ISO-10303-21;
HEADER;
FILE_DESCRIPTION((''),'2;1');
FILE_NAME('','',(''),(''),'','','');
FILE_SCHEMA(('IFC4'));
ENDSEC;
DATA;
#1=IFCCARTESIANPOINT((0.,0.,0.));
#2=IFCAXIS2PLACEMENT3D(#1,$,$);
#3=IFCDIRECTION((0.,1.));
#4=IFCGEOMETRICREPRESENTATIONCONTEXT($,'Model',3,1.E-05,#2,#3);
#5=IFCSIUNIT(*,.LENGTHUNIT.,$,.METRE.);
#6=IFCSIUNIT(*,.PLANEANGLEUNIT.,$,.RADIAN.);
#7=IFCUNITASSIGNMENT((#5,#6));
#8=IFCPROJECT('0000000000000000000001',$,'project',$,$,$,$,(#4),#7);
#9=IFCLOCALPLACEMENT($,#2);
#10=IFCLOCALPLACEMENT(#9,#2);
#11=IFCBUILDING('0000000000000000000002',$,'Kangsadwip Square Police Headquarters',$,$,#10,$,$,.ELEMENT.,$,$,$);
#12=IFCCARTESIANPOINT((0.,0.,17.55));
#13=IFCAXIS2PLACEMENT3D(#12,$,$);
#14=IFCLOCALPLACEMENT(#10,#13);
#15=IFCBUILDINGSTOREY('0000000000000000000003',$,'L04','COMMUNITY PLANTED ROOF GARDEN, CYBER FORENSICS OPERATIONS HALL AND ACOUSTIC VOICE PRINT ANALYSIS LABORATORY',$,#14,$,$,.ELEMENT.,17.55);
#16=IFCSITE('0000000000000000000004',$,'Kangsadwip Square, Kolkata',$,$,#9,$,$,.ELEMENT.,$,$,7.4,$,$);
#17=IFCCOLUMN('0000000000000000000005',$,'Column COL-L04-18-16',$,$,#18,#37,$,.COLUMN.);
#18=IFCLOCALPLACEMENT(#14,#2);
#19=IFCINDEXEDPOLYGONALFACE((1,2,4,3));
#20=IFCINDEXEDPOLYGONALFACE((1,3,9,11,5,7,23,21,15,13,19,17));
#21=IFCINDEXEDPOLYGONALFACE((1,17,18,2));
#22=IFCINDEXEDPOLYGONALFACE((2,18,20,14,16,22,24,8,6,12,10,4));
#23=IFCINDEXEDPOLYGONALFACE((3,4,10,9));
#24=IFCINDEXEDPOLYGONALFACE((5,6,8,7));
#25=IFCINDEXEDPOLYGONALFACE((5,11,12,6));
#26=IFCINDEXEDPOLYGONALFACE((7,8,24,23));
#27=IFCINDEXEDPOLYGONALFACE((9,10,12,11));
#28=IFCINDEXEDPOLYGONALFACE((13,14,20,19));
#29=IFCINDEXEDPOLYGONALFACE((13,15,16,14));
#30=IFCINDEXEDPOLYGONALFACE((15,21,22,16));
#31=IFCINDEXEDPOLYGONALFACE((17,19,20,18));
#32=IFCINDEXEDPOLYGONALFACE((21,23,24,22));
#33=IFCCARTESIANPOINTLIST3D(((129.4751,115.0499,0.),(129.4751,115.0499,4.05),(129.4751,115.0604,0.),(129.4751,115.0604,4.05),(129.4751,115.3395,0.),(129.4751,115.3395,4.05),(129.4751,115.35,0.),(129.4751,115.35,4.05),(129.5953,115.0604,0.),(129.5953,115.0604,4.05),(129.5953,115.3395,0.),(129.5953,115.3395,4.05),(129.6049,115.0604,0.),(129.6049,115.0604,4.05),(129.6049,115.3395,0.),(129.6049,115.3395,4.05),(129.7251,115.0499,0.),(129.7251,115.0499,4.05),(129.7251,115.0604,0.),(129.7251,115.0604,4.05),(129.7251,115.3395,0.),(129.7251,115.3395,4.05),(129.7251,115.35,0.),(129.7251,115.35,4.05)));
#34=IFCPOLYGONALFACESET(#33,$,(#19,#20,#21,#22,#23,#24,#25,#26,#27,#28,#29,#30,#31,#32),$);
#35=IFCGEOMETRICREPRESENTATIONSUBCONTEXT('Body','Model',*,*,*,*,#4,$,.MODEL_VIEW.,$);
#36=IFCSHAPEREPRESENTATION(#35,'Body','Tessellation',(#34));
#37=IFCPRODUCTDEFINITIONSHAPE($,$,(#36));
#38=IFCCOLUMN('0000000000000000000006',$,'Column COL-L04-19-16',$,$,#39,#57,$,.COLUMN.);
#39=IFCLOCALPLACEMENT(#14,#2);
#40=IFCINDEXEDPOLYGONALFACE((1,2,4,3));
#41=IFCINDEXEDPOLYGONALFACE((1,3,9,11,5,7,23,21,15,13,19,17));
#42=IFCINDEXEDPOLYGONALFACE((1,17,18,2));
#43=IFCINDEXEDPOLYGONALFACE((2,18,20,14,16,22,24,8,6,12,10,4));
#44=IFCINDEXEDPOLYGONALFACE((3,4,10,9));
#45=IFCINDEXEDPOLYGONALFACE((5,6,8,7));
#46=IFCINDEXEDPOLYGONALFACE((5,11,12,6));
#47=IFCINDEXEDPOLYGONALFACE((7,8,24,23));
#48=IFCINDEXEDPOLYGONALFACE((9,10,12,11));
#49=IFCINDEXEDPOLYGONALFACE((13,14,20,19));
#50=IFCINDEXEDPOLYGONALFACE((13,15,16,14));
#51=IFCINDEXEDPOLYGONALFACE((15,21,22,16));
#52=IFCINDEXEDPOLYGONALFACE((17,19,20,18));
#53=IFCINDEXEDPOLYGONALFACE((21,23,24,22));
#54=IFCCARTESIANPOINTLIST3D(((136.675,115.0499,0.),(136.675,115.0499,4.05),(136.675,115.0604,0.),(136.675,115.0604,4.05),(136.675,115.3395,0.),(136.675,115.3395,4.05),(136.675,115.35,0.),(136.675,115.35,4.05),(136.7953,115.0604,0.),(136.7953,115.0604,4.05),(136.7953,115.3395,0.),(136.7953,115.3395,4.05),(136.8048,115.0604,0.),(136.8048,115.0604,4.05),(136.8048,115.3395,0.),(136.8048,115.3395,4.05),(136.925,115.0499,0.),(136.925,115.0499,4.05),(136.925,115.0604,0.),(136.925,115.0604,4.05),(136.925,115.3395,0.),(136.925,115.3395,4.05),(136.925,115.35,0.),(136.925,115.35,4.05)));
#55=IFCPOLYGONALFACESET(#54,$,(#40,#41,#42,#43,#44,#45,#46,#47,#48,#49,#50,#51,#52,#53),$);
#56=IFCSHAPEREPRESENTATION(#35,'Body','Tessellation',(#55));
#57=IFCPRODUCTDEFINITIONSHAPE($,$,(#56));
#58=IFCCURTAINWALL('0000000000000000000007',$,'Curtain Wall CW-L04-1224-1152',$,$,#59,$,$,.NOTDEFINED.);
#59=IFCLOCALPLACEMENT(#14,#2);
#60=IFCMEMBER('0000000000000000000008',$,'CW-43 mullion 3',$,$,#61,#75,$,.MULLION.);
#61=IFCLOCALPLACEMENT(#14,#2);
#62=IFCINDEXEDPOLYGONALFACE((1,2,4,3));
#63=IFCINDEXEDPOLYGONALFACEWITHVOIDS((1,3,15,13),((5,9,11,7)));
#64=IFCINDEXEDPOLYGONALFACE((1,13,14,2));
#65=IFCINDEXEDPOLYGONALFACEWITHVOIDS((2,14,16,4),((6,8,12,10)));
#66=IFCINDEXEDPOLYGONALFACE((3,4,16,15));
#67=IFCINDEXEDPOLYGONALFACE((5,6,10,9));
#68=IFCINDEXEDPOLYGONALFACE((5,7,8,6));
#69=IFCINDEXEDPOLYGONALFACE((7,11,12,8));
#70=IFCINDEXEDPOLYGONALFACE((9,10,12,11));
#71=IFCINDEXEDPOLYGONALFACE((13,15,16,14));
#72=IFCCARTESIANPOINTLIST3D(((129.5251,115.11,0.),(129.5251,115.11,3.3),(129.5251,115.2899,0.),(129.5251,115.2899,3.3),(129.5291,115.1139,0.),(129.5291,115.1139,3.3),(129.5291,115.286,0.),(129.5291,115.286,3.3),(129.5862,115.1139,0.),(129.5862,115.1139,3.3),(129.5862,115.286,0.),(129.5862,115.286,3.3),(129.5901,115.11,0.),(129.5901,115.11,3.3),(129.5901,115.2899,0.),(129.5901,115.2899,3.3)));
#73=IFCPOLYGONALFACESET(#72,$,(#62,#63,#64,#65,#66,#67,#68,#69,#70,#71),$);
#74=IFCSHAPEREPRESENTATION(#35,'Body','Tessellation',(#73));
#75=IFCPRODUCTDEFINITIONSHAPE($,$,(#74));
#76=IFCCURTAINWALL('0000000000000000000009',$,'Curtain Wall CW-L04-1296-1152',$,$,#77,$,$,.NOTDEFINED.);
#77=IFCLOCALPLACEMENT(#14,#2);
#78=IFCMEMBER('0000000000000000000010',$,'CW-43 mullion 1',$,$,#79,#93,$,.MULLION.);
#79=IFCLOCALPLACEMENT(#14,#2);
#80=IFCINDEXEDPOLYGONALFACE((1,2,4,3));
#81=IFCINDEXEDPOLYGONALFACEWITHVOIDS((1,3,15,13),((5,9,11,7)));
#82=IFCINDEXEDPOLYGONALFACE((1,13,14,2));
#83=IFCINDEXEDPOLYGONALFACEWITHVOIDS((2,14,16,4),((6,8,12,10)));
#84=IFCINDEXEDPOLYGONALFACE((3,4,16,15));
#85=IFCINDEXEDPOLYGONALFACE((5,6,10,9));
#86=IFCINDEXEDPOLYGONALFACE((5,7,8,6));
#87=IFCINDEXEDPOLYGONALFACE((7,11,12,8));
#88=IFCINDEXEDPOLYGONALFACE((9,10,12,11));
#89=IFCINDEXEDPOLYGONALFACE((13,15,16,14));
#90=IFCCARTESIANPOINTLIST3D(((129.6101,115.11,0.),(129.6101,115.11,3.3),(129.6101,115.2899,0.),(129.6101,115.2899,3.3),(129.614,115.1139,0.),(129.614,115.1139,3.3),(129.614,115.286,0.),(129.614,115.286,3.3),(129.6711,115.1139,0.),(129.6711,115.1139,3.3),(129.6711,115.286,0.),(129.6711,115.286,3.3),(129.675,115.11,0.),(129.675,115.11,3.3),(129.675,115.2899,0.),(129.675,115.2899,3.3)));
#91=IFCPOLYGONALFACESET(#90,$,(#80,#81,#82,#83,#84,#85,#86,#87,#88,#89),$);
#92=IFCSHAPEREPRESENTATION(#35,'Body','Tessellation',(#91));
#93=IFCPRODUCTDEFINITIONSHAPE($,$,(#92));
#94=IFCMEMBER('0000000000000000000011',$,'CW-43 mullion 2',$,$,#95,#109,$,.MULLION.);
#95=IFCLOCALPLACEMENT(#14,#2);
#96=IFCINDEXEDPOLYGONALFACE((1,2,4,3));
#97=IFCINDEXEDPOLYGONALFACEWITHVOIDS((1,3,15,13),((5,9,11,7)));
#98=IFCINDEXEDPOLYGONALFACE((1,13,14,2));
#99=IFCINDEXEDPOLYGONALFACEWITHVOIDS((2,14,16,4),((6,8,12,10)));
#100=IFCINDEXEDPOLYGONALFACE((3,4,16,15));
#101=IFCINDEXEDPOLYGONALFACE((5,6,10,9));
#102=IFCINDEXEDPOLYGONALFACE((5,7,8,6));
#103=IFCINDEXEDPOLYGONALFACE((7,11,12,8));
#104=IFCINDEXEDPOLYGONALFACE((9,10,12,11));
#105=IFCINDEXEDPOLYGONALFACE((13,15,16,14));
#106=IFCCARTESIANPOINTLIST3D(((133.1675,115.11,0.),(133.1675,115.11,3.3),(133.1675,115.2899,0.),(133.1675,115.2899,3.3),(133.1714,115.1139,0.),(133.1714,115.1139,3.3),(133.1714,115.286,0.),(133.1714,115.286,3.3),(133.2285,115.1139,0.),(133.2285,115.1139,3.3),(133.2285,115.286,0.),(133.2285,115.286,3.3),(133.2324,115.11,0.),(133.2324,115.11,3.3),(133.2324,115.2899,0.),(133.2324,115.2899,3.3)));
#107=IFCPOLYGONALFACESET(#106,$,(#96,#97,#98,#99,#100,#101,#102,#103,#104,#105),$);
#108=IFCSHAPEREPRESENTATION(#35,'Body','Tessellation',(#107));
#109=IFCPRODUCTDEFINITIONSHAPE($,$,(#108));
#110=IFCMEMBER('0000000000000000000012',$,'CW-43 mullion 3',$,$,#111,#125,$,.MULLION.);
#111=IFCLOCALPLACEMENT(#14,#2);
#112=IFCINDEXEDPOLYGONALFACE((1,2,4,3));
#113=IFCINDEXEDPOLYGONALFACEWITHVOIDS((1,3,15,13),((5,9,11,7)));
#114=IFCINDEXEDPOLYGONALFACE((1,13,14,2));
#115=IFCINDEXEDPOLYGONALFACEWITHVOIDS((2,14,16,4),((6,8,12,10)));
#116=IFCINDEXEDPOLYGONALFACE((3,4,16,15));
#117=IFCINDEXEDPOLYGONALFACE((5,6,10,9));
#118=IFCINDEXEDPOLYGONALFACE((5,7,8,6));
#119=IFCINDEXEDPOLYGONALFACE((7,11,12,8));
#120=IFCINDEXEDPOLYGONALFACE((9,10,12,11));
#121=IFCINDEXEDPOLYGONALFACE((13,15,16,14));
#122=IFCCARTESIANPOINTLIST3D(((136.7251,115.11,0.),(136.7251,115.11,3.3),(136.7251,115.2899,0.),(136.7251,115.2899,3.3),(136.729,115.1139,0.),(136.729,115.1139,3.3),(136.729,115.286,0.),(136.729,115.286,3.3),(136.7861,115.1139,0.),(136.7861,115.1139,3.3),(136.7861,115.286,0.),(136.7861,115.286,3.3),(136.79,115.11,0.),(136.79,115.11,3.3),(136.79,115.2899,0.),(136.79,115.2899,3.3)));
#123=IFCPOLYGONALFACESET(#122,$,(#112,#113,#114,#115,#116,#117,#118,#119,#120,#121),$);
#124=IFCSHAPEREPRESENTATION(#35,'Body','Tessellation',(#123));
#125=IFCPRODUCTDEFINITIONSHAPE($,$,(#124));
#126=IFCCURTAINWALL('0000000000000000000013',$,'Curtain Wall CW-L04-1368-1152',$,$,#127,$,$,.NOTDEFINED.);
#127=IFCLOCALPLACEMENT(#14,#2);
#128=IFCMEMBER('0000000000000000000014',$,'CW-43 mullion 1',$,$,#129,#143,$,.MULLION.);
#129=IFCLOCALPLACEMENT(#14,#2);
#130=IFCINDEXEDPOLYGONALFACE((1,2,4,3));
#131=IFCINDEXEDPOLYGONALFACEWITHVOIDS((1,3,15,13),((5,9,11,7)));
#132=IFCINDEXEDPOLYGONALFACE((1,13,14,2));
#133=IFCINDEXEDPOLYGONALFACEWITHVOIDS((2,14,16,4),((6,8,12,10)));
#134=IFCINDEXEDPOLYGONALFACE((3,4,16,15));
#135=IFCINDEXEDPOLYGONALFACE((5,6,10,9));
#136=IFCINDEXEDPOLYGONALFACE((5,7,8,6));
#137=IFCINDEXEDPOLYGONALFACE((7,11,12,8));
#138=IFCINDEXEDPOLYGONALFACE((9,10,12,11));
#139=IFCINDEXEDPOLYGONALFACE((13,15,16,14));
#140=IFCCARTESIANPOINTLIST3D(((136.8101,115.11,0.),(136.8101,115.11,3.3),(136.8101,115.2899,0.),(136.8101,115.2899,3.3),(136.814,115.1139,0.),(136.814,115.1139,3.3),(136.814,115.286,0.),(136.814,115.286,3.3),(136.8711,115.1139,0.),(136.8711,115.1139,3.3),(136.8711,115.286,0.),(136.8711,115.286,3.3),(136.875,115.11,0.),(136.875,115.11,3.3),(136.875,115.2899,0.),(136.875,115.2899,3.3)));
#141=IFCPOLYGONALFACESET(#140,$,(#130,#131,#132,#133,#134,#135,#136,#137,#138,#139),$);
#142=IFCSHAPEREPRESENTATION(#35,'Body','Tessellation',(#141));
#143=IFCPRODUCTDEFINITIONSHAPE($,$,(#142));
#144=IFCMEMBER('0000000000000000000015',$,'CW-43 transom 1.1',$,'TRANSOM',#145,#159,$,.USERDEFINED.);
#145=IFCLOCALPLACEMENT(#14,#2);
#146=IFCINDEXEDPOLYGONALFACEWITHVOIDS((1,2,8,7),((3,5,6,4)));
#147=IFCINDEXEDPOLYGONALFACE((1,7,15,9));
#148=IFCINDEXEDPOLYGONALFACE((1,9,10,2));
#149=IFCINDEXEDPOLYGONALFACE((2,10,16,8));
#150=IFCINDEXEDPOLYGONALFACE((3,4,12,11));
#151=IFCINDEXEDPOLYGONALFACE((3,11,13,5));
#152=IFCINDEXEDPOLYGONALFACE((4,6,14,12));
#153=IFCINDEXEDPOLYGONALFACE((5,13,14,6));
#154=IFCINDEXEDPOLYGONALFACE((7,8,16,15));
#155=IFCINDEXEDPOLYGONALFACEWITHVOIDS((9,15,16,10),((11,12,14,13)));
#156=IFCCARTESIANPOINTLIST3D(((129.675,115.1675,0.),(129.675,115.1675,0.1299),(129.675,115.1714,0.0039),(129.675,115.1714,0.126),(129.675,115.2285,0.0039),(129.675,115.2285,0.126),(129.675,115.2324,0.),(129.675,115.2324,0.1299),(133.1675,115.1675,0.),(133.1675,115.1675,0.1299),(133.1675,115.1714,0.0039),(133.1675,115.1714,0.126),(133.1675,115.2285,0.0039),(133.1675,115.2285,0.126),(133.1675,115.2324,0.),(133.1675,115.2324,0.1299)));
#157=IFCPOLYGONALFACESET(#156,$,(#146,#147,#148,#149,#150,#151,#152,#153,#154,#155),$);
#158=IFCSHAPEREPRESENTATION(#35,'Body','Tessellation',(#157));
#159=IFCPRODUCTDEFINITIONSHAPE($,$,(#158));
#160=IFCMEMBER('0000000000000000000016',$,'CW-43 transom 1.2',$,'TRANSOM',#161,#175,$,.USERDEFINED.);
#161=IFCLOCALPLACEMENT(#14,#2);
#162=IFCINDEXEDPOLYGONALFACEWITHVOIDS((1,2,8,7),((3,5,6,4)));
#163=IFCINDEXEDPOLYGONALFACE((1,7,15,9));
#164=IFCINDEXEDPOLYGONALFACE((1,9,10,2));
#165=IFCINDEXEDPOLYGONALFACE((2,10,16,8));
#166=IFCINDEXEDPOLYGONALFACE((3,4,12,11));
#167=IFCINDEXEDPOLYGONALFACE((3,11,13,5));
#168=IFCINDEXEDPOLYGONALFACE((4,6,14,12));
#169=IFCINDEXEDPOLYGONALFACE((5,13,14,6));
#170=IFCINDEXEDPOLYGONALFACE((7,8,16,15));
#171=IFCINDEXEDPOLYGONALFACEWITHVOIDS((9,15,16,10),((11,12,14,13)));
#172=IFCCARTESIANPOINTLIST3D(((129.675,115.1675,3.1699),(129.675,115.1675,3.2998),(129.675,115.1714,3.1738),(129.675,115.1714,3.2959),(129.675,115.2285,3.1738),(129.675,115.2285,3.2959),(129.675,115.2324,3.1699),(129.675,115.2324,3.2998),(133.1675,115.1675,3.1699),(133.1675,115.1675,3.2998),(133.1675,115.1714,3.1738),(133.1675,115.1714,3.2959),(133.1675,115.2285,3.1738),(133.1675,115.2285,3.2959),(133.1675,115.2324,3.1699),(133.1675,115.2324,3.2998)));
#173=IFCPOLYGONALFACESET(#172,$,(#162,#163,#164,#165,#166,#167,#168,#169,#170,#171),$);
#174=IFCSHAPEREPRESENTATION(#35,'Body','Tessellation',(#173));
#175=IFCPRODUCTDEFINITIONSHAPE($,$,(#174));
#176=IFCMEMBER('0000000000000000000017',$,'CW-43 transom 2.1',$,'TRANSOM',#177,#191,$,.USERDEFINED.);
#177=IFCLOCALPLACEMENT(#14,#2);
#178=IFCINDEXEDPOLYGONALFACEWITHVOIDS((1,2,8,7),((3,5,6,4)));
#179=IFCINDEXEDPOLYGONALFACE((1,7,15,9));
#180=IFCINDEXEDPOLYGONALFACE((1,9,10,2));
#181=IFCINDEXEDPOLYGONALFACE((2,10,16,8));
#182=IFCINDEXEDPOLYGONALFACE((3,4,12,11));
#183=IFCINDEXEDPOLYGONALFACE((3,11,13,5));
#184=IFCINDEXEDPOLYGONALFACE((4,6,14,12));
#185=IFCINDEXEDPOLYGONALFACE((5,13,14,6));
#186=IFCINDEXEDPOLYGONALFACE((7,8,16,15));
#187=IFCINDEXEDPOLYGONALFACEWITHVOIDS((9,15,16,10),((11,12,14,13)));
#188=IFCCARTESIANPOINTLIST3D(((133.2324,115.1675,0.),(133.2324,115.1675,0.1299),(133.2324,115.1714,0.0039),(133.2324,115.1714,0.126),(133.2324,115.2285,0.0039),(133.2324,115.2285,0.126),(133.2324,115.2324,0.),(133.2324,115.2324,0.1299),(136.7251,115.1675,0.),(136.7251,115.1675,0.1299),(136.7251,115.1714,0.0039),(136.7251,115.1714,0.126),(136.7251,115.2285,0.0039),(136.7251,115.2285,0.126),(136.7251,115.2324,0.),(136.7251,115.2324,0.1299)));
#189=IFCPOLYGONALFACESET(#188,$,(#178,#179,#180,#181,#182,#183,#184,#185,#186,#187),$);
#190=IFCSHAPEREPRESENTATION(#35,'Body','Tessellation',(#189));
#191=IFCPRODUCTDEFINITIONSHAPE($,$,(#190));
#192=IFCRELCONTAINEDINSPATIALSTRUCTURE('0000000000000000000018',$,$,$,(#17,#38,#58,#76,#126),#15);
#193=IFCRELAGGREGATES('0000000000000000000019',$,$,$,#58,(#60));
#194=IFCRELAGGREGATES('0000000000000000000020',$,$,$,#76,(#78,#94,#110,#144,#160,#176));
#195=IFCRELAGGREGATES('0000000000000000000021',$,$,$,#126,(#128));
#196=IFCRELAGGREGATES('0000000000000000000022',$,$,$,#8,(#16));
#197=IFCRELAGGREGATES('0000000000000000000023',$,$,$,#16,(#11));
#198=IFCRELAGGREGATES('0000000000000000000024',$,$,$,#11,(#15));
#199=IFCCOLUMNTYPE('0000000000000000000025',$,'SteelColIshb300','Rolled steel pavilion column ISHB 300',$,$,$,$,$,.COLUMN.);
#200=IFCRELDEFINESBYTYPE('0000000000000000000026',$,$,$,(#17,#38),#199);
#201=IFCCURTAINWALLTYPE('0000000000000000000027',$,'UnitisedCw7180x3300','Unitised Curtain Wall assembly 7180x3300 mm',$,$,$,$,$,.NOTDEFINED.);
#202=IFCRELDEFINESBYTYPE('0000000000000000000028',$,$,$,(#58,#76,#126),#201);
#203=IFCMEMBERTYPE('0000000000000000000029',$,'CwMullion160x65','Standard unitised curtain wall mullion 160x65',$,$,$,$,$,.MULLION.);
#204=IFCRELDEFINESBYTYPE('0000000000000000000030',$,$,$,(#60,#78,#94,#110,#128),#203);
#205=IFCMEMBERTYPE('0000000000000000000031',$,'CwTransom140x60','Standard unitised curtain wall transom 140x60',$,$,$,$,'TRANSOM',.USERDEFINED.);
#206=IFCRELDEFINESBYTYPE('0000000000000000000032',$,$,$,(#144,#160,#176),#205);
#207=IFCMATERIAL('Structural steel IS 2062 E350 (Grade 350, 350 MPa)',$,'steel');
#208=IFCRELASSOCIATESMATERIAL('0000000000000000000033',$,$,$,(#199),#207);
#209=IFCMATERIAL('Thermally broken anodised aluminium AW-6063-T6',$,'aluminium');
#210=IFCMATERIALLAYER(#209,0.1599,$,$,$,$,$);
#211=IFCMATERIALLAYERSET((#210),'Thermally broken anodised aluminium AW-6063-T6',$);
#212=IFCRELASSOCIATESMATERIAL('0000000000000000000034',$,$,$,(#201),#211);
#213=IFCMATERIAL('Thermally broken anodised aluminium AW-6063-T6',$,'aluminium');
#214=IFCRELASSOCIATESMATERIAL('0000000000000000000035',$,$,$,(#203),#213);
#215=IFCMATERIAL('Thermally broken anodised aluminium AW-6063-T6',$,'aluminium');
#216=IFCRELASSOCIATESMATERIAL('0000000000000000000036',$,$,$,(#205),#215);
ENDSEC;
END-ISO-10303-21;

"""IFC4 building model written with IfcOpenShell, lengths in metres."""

from ifc_helpers import new_model, si_unit, direction, frame, origin, origin_2d, place, context, subcontext, project, spatial, hollow_rectangle, i_section, extrude, material, layer, layer_set, material_profile, profile_set, type_object, element, aggregate, save


model = new_model("IFC4")

# Units and contexts
model_context = context("Model", 3, precision=1e-05, world=origin(), true_north=direction((0.0, 1.0)))
body_context = subcontext(model_context, "Body", "Model", "MODEL_VIEW")
ifc_project = project(units=[si_unit("LENGTHUNIT", "METRE"), si_unit("PLANEANGLEUNIT", "RADIAN")], contexts=[model_context])

# Site, building, storey
site_placement = place(None, origin())
site = spatial("IfcSite", under=ifc_project, at=site_placement, Name="Kangsadwip Square, Kolkata", CompositionType="ELEMENT", RefElevation=7.4)
building_placement = place(site_placement, origin())
building = spatial("IfcBuilding", under=site, at=building_placement, Name="Kangsadwip Square Police Headquarters", CompositionType="ELEMENT")
storey_placement = place(building_placement, frame((0.0, 0.0, 17.55)))
storey = spatial("IfcBuildingStorey", under=building, at=storey_placement, Name="L04", Description="COMMUNITY PLANTED ROOF GARDEN, CYBER FORENSICS OPERATIONS HALL AND ACOUSTIC VOICE PRINT ANALYSIS LABORATORY", CompositionType="ELEMENT", Elevation=17.55)

# Columns
ifc_material_1 = material(Name="Structural steel IS 2062 E350 (Grade 350, 350 MPa)", Category="steel")
ifc_material_profile_1 = material_profile(ifc_material_1, i_section(OverallWidth=0.25, OverallDepth=0.3, WebThickness=0.0095, FlangeThickness=0.0105, at=origin_2d()), Name="ISHB 300")
ifc_profile_set_1 = profile_set([ifc_material_profile_1], Name="Structural steel IS 2062 E350 (Grade 350, 350 MPa)")
column_type = type_object("IfcColumnType", Name="SteelColIshb300", Description="Rolled steel pavilion column ISHB 300", PredefinedType="COLUMN", material=ifc_profile_set_1)
for number, where, z_axis, x_axis, name in (
    (1, (129.6001, 115.2, 0.0), (0.0, 0.0, 1.0), (1.0, 0.0, 0.0), "Column COL-L04-18-16"),
    (2, (136.8, 115.2, 0.0), (0.0, 0.0, 1.0), (1.0, 0.0, 0.0), "Column COL-L04-19-16"),
):
    element("IfcColumn", number, at=place(storey_placement, frame(where, z_axis=z_axis, x_axis=x_axis)), inside=storey, type_object=column_type, Name=name, PredefinedType="COLUMN", context=body_context, shape_type="SweptSolid", body=[
        extrude(i_section(OverallWidth=0.25, OverallDepth=0.3, WebThickness=0.0095, FlangeThickness=0.0105, at=origin_2d()), origin(), (0.0, 0.0, 1.0), 4.05),
    ])

# Curtain wall, member
ifc_material_2 = material(Name="Thermally broken anodised aluminium AW-6063-T6", Category="aluminium")
ifc_layer_1 = layer(ifc_material_2, 0.1599)
ifc_layer_set_1 = layer_set([ifc_layer_1], Name="Thermally broken anodised aluminium AW-6063-T6")
curtain_wall_type = type_object("IfcCurtainWallType", Name="UnitisedCw7180x3300", Description="Unitised Curtain Wall assembly 7180x3300 mm", PredefinedType="NOTDEFINED", material=ifc_layer_set_1)
curtain_wall_1_placement = place(storey_placement, origin())
curtain_wall_1 = element("IfcCurtainWall", 3, at=curtain_wall_1_placement, inside=storey, type_object=curtain_wall_type, Name="Curtain Wall CW-L04-1224-1152", PredefinedType="NOTDEFINED")
ifc_material_3 = material(Name="Thermally broken anodised aluminium AW-6063-T6", Category="aluminium")
ifc_material_profile_2 = material_profile(ifc_material_3, hollow_rectangle(XDim=0.0649, YDim=0.1799, WallThickness=0.0039, at=origin_2d()), Name="CWM 180X65X4")
ifc_profile_set_2 = profile_set([ifc_material_profile_2], Name="Thermally broken anodised aluminium AW-6063-T6")
member_type_1 = type_object("IfcMemberType", Name="CwMullion160x65", Description="Standard unitised curtain wall mullion 160x65", PredefinedType="MULLION", material=ifc_profile_set_2)
member_1_placement = place(storey_placement, frame((129.5576, 115.2, 0.0), z_axis=(0.0, 0.0, 1.0), x_axis=(1.0, 0.0, 0.0)))
member_1 = element("IfcMember", 4, at=member_1_placement, type_object=member_type_1, Name="CW-43 mullion 3", PredefinedType="MULLION", context=body_context, shape_type="SweptSolid", body=[
    extrude(hollow_rectangle(XDim=0.0649, YDim=0.1799, WallThickness=0.0039, at=origin_2d()), origin(), (0.0, 0.0, 1.0), 3.3),
])

# Curtain wall, members
curtain_wall_2_placement = place(storey_placement, origin())
curtain_wall_2 = element("IfcCurtainWall", 5, at=curtain_wall_2_placement, inside=storey, type_object=curtain_wall_type, Name="Curtain Wall CW-L04-1296-1152", PredefinedType="NOTDEFINED")
member_2_placement = place(storey_placement, frame((129.6426, 115.2, 0.0), z_axis=(0.0, 0.0, 1.0), x_axis=(1.0, 0.0, 0.0)))
member_2 = element("IfcMember", 6, at=member_2_placement, type_object=member_type_1, Name="CW-43 mullion 1", PredefinedType="MULLION", context=body_context, shape_type="SweptSolid", body=[
    extrude(hollow_rectangle(XDim=0.0649, YDim=0.1799, WallThickness=0.0039, at=origin_2d()), origin(), (0.0, 0.0, 1.0), 3.3),
])
member_3_placement = place(storey_placement, frame((133.2, 115.2, 0.0), z_axis=(0.0, 0.0, 1.0), x_axis=(1.0, 0.0, 0.0)))
member_3 = element("IfcMember", 7, at=member_3_placement, type_object=member_type_1, Name="CW-43 mullion 2", PredefinedType="MULLION", context=body_context, shape_type="SweptSolid", body=[
    extrude(hollow_rectangle(XDim=0.0649, YDim=0.1799, WallThickness=0.0039, at=origin_2d()), origin(), (0.0, 0.0, 1.0), 3.3),
])
member_4_placement = place(storey_placement, frame((136.7576, 115.2, 0.0), z_axis=(0.0, 0.0, 1.0), x_axis=(1.0, 0.0, 0.0)))
member_4 = element("IfcMember", 8, at=member_4_placement, type_object=member_type_1, Name="CW-43 mullion 3", PredefinedType="MULLION", context=body_context, shape_type="SweptSolid", body=[
    extrude(hollow_rectangle(XDim=0.0649, YDim=0.1799, WallThickness=0.0039, at=origin_2d()), origin(), (0.0, 0.0, 1.0), 3.3),
])

# Curtain wall, member
curtain_wall_3_placement = place(storey_placement, origin())
curtain_wall_3 = element("IfcCurtainWall", 9, at=curtain_wall_3_placement, inside=storey, type_object=curtain_wall_type, Name="Curtain Wall CW-L04-1368-1152", PredefinedType="NOTDEFINED")
member_5_placement = place(storey_placement, frame((136.8425, 115.2, 0.0), z_axis=(0.0, 0.0, 1.0), x_axis=(1.0, 0.0, 0.0)))
member_5 = element("IfcMember", 10, at=member_5_placement, type_object=member_type_1, Name="CW-43 mullion 1", PredefinedType="MULLION", context=body_context, shape_type="SweptSolid", body=[
    extrude(hollow_rectangle(XDim=0.0649, YDim=0.1799, WallThickness=0.0039, at=origin_2d()), origin(), (0.0, 0.0, 1.0), 3.3),
])

# Members
ifc_material_4 = material(Name="Thermally broken anodised aluminium AW-6063-T6", Category="aluminium")
ifc_material_profile_3 = material_profile(ifc_material_4, hollow_rectangle(XDim=0.0649, YDim=0.1299, WallThickness=0.0039, at=origin_2d()), Name="CWT 130X65X4")
ifc_profile_set_3 = profile_set([ifc_material_profile_3], Name="Thermally broken anodised aluminium AW-6063-T6")
member_type_2 = type_object("IfcMemberType", Name="CwTransom140x60", Description="Standard unitised curtain wall transom 140x60", ElementType="TRANSOM", PredefinedType="USERDEFINED", material=ifc_profile_set_3)
member_6_placement = place(storey_placement, frame((129.675, 115.2, 0.0649), z_axis=(1.0, 0.0, 0.0), x_axis=(0.0, 1.0, 0.0)))
member_6 = element("IfcMember", 11, at=member_6_placement, type_object=member_type_2, Name="CW-43 transom 1.1", ObjectType="TRANSOM", PredefinedType="USERDEFINED", context=body_context, shape_type="SweptSolid", body=[
    extrude(hollow_rectangle(XDim=0.0649, YDim=0.1299, WallThickness=0.0039, at=origin_2d()), origin(), (0.0, 0.0, 1.0), 3.4924),
])
member_7_placement = place(storey_placement, frame((129.675, 115.2, 3.2349), z_axis=(1.0, 0.0, 0.0), x_axis=(0.0, 1.0, 0.0)))
member_7 = element("IfcMember", 12, at=member_7_placement, type_object=member_type_2, Name="CW-43 transom 1.2", ObjectType="TRANSOM", PredefinedType="USERDEFINED", context=body_context, shape_type="SweptSolid", body=[
    extrude(hollow_rectangle(XDim=0.0649, YDim=0.1299, WallThickness=0.0039, at=origin_2d()), origin(), (0.0, 0.0, 1.0), 3.4924),
])
member_8_placement = place(storey_placement, frame((133.2324, 115.2, 0.0649), z_axis=(1.0, 0.0, 0.0), x_axis=(0.0, 1.0, 0.0)))
member_8 = element("IfcMember", 13, at=member_8_placement, type_object=member_type_2, Name="CW-43 transom 2.1", ObjectType="TRANSOM", PredefinedType="USERDEFINED", context=body_context, shape_type="SweptSolid", body=[
    extrude(hollow_rectangle(XDim=0.0649, YDim=0.1299, WallThickness=0.0039, at=origin_2d()), origin(), (0.0, 0.0, 1.0), 3.4927),
])

aggregate(curtain_wall_1, [member_1])
aggregate(curtain_wall_2, [member_2, member_3, member_4, member_6, member_7, member_8])
aggregate(curtain_wall_3, [member_5])

save(model, "model.ifc")
